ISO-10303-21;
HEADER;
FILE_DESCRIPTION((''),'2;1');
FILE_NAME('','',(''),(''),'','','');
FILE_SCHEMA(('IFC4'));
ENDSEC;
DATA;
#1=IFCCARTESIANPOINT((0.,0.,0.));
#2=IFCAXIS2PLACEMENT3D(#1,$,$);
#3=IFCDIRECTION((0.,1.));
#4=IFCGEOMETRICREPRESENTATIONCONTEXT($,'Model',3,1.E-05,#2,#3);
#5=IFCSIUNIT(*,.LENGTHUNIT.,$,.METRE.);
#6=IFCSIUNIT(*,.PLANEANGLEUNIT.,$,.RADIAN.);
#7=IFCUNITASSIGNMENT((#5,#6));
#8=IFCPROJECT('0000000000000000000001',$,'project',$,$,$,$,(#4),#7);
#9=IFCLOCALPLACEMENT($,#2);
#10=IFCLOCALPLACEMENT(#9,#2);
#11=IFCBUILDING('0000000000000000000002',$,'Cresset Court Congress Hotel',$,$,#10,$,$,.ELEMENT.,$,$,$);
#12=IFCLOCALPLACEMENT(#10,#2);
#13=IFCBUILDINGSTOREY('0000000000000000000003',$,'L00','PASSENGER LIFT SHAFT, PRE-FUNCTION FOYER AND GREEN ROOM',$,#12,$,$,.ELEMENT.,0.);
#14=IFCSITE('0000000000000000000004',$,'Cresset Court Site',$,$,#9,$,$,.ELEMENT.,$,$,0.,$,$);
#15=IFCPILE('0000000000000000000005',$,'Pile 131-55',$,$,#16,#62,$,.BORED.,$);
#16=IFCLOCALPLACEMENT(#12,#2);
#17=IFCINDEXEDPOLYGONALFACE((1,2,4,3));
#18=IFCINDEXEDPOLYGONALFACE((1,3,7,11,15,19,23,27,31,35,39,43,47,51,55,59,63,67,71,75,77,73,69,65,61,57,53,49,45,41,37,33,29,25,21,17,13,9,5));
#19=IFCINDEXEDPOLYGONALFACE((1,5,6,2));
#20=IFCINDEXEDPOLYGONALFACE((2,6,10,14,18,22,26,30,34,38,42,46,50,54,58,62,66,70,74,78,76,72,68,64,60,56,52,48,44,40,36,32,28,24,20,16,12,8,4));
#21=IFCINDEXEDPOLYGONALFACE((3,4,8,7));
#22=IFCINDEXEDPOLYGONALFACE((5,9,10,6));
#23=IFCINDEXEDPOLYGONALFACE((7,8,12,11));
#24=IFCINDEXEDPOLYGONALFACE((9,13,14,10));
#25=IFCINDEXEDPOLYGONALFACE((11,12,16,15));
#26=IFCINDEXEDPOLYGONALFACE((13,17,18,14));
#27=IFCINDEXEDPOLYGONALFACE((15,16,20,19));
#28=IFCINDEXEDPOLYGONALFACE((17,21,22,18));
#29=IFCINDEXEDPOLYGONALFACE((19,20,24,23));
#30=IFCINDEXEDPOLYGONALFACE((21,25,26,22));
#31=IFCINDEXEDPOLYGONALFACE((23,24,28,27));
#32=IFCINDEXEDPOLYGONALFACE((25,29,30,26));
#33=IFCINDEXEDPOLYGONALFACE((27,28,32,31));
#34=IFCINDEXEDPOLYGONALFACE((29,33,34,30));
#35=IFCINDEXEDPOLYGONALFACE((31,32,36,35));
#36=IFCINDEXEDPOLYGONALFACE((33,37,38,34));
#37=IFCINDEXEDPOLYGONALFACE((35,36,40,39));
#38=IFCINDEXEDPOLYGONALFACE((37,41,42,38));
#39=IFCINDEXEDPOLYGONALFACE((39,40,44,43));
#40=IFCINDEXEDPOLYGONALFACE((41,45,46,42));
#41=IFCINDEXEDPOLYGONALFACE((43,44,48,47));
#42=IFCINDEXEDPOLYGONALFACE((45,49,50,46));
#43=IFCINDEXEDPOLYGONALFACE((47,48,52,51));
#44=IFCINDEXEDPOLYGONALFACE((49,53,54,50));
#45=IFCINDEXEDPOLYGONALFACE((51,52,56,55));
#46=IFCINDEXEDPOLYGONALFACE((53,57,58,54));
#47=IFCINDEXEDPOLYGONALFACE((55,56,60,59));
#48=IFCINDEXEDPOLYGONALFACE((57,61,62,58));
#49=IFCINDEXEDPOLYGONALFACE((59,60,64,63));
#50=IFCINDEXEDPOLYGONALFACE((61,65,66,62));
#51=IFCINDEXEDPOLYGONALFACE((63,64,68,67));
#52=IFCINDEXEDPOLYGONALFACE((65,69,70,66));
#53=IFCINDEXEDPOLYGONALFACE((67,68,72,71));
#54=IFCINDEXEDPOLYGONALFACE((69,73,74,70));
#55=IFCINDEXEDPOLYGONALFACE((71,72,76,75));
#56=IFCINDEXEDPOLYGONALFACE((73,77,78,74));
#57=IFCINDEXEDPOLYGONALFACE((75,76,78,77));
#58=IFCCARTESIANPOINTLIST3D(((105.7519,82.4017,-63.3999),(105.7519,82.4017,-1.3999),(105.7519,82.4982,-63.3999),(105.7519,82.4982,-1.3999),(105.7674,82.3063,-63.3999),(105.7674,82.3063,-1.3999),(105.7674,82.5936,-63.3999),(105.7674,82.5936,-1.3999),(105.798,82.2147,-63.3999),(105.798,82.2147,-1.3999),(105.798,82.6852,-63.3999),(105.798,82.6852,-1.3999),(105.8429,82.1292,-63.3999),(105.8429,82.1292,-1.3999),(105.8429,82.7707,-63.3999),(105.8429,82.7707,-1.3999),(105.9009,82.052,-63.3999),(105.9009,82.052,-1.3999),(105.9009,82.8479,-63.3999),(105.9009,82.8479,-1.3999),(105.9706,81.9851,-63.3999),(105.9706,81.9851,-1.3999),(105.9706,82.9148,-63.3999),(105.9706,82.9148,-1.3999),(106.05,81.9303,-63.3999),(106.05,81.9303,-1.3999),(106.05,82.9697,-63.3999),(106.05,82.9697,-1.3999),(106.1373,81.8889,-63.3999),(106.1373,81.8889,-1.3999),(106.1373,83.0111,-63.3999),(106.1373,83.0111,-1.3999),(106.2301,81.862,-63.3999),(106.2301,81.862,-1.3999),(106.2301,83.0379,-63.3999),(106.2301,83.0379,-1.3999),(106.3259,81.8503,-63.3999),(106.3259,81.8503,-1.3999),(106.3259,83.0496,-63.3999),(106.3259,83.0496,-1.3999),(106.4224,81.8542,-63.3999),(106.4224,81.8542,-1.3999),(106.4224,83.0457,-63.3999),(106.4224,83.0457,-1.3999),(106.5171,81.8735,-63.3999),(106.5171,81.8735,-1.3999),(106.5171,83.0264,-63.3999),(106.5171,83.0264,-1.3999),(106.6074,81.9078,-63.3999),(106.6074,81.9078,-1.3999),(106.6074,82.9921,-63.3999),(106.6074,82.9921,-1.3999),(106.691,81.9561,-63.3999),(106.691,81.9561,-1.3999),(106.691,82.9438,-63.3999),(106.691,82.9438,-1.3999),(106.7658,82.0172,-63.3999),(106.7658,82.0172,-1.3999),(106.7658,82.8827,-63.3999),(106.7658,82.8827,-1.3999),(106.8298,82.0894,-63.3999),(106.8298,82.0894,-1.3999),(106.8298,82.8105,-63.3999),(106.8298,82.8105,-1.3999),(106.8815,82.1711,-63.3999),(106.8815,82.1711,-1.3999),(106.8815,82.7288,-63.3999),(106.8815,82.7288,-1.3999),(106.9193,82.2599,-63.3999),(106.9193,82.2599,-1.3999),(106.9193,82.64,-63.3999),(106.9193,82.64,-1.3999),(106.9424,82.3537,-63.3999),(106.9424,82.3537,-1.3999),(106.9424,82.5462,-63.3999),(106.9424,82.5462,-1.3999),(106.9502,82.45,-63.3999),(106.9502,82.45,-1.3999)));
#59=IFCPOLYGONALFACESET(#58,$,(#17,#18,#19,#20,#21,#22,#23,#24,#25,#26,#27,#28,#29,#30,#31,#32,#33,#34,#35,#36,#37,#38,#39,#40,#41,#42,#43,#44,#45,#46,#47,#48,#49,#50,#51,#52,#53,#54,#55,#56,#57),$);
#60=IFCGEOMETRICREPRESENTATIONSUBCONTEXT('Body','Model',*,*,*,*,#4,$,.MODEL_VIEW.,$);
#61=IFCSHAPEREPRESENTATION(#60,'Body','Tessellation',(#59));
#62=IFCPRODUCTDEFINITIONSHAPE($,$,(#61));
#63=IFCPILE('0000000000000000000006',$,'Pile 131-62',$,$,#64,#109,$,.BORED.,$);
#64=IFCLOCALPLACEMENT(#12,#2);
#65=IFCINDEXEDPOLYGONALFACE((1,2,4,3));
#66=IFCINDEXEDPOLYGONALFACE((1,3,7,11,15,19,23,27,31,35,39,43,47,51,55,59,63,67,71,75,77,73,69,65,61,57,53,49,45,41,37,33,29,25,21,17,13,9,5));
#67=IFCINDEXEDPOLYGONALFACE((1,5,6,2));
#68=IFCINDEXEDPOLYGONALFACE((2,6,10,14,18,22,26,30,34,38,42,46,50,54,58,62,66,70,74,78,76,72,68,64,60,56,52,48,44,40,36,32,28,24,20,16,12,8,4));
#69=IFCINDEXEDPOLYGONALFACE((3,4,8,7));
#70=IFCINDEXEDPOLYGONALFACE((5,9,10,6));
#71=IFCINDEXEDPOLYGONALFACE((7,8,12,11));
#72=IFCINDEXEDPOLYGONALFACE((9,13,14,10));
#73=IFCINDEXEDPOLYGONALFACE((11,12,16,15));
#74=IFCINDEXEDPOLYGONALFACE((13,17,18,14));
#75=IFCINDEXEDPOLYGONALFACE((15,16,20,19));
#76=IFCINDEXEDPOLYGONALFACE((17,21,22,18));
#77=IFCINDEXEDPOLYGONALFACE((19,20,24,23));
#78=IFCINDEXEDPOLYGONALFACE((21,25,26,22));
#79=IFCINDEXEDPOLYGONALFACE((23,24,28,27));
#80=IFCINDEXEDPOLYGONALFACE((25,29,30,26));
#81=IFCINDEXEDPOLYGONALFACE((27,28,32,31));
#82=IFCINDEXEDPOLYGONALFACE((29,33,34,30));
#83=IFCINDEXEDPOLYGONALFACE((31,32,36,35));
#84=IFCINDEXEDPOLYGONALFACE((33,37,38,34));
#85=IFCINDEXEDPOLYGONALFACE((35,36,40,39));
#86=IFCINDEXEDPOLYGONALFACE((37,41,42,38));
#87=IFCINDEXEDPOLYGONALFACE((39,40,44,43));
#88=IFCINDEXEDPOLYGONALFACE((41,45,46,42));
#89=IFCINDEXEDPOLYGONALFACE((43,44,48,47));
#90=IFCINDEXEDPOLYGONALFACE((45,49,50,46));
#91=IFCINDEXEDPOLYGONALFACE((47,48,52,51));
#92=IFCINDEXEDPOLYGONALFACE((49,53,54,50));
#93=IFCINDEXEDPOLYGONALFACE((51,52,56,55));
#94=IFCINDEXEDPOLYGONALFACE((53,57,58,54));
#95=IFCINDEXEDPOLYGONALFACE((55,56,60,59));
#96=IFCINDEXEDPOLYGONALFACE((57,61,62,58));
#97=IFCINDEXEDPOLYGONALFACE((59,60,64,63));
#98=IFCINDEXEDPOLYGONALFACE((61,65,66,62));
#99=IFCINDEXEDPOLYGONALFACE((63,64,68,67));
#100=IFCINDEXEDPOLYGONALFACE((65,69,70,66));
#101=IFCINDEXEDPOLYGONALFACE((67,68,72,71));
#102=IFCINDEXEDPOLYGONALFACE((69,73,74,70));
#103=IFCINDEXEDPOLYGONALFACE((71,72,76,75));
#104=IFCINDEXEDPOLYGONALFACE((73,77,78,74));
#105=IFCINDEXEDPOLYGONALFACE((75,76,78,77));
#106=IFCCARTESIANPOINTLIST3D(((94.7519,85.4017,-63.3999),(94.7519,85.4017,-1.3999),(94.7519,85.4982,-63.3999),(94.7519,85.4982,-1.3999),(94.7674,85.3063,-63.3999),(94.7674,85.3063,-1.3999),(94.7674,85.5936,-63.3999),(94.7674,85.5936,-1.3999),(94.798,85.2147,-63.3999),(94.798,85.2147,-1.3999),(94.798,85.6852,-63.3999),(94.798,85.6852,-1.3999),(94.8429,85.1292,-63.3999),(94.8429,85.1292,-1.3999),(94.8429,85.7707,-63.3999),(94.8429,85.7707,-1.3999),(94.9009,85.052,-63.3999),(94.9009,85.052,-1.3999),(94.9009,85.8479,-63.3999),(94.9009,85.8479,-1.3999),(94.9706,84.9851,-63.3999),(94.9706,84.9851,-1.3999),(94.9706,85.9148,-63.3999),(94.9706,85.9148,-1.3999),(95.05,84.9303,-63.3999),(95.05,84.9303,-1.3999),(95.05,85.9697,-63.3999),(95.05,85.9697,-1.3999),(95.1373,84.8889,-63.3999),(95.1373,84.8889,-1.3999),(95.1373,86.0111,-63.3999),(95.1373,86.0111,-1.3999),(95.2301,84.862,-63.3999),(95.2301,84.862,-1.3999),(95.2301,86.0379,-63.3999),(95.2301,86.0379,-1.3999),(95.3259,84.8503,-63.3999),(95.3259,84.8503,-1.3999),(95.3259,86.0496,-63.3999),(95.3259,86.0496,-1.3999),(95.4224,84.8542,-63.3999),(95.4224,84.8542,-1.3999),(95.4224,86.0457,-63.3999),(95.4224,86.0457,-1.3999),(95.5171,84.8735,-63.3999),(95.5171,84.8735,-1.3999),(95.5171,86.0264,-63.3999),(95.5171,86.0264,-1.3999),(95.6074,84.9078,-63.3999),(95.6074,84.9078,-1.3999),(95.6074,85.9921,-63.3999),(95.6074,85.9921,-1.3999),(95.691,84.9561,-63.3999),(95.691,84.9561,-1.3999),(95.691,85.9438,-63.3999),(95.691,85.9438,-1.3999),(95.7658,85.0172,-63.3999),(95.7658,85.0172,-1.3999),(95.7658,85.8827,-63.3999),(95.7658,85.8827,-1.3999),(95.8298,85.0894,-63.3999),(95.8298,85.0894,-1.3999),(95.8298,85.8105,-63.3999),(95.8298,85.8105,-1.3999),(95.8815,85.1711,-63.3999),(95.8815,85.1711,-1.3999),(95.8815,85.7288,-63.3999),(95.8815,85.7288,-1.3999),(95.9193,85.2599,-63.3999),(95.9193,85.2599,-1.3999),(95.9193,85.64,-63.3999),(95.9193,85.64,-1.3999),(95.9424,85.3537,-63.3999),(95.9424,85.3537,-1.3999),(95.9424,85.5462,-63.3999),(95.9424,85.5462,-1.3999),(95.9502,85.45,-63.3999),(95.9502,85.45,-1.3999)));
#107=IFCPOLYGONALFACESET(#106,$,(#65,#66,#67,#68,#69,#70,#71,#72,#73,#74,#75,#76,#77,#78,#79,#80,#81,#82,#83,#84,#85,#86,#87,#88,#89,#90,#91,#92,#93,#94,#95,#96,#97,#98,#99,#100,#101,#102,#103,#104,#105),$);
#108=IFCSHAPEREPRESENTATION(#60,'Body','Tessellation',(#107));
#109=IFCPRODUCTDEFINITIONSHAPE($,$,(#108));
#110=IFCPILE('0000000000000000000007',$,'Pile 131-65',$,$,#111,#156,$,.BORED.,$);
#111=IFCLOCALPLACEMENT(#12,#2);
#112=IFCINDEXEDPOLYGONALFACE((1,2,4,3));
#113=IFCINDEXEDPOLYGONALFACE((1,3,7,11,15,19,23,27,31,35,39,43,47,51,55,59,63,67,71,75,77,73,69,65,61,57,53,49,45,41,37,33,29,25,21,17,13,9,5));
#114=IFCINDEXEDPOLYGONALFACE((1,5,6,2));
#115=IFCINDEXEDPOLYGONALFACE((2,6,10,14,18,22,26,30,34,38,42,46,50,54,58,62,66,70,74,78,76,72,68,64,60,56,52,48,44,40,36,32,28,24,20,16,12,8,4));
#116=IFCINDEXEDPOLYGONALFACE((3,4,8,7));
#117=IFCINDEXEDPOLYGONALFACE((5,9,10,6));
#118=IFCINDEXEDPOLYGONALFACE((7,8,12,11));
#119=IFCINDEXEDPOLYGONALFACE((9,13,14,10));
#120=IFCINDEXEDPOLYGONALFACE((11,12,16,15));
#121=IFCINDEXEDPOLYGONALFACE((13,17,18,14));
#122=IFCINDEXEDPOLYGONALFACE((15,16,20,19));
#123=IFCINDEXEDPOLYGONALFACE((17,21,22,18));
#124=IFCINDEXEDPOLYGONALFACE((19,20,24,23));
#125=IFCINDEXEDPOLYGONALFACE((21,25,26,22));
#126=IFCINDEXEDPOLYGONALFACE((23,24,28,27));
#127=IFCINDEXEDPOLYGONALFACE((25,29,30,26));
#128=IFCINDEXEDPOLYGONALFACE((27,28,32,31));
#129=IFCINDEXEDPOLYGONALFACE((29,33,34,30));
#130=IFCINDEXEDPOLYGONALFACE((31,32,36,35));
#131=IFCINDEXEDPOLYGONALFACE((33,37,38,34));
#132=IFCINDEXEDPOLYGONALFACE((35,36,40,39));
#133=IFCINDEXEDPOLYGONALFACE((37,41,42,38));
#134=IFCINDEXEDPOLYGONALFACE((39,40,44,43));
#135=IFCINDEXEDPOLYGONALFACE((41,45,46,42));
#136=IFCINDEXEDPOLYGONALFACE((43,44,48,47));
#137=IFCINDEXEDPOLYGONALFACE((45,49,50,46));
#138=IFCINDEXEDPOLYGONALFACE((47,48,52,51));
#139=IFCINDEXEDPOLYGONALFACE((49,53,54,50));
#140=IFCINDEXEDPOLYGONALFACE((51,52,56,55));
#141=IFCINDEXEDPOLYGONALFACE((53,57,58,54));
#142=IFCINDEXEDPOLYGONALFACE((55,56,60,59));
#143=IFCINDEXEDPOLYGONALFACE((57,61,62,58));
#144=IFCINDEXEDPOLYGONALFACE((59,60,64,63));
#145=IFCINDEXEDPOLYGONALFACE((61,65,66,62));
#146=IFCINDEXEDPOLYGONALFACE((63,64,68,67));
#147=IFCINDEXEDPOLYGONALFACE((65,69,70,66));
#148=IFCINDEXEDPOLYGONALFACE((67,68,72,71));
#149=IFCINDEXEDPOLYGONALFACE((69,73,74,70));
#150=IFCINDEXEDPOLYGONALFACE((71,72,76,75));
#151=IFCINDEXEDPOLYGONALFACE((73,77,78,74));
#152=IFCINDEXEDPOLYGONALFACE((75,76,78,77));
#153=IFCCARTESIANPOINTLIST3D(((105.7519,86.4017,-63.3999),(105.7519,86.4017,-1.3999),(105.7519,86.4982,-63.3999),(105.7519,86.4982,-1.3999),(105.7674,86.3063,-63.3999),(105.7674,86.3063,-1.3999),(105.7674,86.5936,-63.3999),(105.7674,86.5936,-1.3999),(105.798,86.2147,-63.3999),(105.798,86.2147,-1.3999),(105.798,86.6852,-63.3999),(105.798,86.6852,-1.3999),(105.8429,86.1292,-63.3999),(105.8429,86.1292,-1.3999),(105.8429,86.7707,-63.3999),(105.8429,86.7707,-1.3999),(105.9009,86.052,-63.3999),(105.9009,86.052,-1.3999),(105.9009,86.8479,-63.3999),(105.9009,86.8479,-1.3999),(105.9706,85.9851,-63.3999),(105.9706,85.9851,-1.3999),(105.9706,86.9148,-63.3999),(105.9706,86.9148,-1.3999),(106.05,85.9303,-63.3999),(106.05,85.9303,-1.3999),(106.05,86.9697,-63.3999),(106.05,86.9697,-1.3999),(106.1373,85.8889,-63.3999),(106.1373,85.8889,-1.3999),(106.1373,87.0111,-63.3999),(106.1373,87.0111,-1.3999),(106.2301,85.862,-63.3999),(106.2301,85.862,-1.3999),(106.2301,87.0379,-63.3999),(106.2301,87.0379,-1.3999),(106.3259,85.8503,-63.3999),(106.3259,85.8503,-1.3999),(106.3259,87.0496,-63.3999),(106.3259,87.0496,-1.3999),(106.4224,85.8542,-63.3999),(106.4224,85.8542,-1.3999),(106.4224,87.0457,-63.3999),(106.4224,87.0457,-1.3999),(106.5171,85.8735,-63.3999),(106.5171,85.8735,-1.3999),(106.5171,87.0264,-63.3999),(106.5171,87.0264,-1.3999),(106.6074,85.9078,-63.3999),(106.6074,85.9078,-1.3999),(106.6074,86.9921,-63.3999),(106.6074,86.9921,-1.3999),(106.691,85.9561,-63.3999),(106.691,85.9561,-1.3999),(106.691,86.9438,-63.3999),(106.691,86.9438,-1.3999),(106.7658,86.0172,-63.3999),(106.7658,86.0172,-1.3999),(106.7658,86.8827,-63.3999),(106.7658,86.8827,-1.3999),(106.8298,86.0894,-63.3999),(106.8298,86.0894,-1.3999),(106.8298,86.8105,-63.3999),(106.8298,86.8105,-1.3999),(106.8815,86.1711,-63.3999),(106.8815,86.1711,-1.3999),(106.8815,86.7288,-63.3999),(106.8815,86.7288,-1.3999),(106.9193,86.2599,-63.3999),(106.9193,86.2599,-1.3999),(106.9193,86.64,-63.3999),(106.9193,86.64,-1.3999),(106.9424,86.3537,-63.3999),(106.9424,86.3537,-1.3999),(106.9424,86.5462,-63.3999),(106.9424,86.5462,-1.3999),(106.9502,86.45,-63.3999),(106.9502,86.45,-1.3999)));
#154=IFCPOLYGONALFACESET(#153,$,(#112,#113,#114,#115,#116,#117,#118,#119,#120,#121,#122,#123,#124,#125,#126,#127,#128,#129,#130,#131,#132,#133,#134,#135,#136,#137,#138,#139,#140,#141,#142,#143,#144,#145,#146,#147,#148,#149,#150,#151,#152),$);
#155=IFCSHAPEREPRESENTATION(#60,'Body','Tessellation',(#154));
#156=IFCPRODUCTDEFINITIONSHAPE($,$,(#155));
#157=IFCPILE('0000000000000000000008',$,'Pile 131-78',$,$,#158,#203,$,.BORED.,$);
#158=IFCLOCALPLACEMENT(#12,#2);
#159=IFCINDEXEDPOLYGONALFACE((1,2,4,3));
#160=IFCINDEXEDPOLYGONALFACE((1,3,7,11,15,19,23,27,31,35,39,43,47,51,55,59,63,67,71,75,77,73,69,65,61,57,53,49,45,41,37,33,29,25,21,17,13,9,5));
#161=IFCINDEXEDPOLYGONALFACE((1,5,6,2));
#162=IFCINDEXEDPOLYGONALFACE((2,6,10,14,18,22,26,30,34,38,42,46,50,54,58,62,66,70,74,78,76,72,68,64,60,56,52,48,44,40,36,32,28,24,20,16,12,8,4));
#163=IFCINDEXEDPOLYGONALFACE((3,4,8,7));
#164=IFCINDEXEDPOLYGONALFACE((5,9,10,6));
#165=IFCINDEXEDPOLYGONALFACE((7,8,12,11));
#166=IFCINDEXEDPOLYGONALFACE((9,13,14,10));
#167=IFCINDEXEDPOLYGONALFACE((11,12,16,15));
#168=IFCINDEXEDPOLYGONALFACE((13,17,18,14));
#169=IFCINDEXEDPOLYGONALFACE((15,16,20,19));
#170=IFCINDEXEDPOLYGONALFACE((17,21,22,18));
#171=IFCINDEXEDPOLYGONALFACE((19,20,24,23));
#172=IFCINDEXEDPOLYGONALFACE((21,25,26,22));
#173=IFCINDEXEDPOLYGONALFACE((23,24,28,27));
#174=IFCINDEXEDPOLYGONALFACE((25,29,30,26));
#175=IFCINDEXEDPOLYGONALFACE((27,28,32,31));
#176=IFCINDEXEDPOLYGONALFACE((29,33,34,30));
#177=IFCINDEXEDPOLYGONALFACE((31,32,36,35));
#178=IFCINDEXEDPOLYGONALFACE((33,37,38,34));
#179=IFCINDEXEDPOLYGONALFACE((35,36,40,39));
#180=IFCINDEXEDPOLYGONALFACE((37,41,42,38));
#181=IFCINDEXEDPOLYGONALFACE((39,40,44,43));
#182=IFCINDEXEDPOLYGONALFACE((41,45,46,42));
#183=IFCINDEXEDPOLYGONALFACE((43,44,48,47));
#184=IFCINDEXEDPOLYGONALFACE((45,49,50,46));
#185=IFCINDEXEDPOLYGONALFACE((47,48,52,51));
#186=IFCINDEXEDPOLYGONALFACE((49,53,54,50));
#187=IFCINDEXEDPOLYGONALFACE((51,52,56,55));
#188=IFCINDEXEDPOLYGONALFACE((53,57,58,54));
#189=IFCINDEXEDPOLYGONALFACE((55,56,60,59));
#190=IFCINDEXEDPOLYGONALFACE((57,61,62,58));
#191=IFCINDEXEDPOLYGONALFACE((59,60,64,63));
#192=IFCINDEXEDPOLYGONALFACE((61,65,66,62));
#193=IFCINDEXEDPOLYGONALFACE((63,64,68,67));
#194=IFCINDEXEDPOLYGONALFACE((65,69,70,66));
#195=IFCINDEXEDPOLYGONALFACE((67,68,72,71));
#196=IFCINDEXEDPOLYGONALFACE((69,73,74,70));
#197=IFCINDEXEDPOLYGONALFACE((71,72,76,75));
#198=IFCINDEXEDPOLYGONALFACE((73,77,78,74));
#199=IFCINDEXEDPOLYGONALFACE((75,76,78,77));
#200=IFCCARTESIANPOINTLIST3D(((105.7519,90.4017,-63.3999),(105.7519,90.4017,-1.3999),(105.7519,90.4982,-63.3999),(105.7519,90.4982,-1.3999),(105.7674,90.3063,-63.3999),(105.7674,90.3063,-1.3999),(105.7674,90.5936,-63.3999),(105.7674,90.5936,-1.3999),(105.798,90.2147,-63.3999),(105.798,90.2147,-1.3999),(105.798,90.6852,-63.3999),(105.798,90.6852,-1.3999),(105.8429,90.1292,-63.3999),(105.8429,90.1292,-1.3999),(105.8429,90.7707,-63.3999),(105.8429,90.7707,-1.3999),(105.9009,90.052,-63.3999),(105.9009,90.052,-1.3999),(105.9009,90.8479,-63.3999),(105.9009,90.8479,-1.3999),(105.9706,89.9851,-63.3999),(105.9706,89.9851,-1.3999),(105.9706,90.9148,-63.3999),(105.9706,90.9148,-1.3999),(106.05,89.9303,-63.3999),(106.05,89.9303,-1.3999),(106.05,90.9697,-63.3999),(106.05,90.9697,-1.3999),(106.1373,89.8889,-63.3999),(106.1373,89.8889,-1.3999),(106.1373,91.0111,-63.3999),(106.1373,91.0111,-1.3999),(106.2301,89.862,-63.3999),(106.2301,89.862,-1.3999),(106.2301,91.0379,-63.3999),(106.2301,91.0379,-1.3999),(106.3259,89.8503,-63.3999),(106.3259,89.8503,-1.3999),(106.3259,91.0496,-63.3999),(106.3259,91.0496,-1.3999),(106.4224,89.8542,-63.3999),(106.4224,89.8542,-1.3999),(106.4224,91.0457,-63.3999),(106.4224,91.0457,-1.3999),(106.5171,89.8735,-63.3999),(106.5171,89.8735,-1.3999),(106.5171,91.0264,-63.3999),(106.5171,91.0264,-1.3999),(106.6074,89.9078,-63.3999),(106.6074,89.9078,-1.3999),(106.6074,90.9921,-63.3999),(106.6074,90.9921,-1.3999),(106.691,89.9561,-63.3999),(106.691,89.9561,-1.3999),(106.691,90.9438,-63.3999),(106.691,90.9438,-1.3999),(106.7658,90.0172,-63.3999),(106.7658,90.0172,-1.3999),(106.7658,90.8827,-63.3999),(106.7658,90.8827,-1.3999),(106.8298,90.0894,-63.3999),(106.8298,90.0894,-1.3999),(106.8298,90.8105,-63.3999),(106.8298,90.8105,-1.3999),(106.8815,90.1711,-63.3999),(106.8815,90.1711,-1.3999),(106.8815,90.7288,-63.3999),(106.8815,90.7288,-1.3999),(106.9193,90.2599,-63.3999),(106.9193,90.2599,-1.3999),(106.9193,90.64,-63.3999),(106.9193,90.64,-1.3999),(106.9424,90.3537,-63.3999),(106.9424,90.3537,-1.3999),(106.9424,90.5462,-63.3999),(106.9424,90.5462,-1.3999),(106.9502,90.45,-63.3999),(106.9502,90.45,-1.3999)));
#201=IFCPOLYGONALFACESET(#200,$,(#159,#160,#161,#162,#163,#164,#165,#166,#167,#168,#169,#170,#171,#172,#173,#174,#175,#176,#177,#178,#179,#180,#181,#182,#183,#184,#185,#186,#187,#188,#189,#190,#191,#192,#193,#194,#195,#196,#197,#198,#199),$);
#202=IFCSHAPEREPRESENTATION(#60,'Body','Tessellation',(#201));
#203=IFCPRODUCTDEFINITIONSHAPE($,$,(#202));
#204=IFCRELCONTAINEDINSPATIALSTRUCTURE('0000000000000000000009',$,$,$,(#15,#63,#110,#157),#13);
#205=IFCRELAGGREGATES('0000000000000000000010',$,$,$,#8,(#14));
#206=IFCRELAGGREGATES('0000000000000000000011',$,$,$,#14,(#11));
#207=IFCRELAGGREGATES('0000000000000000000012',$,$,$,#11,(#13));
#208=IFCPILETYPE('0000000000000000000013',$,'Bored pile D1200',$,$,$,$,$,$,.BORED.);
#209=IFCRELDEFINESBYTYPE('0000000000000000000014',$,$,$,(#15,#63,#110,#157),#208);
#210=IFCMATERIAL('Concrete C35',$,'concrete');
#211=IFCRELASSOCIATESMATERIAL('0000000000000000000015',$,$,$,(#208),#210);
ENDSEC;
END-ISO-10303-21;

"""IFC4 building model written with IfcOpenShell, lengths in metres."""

from ifc_helpers import new_model, si_unit, direction, frame, origin, origin_2d, place, context, subcontext, project, spatial, circle, extrude, material, type_object, element, save


model = new_model("IFC4")

# Units and contexts
model_context = context("Model", 3, precision=1e-05, world=origin(), true_north=direction((0.0, 1.0)))
body_context = subcontext(model_context, "Body", "Model", "MODEL_VIEW")
ifc_project = project(units=[si_unit("LENGTHUNIT", "METRE"), si_unit("PLANEANGLEUNIT", "RADIAN")], contexts=[model_context])

# Site, building, storey
site_placement = place(None, origin())
site = spatial("IfcSite", under=ifc_project, at=site_placement, Name="Cresset Court Site", CompositionType="ELEMENT", RefElevation=0.0)
building_placement = place(site_placement, origin())
building = spatial("IfcBuilding", under=site, at=building_placement, Name="Cresset Court Congress Hotel", CompositionType="ELEMENT")
storey_placement = place(building_placement, origin())
storey = spatial("IfcBuildingStorey", under=building, at=storey_placement, Name="L00", Description="PASSENGER LIFT SHAFT, PRE-FUNCTION FOYER AND GREEN ROOM", CompositionType="ELEMENT", Elevation=0.0)

# Piles
ifc_material_1 = material(Name="Concrete C35", Category="concrete")
pile_type = type_object("IfcPileType", Name="Bored pile D1200", PredefinedType="BORED", material=ifc_material_1)
for number, where, z_axis, x_axis, name in (
    (1, (106.3501, 82.45, -1.3999), (0.0, 0.0, -1.0), (1.0, 0.0, 0.0), "Pile 131-55"),
    (2, (95.3501, 85.45, -1.3999), (0.0, 0.0, -1.0), (1.0, 0.0, 0.0), "Pile 131-62"),
    (3, (106.3501, 86.45, -1.3999), (0.0, 0.0, -1.0), (1.0, 0.0, 0.0), "Pile 131-65"),
    (4, (106.3501, 90.45, -1.3999), (0.0, 0.0, -1.0), (1.0, 0.0, 0.0), "Pile 131-78"),
):
    element("IfcPile", number, at=place(storey_placement, frame(where, z_axis=z_axis, x_axis=x_axis)), inside=storey, type_object=pile_type, Name=name, PredefinedType="BORED", context=body_context, shape_type="SweptSolid", body=[
        extrude(circle(Radius=0.6001, at=origin_2d()), origin(), (0.0, 0.0, 1.0), 62.0),
    ])

save(model, "model.ifc")
